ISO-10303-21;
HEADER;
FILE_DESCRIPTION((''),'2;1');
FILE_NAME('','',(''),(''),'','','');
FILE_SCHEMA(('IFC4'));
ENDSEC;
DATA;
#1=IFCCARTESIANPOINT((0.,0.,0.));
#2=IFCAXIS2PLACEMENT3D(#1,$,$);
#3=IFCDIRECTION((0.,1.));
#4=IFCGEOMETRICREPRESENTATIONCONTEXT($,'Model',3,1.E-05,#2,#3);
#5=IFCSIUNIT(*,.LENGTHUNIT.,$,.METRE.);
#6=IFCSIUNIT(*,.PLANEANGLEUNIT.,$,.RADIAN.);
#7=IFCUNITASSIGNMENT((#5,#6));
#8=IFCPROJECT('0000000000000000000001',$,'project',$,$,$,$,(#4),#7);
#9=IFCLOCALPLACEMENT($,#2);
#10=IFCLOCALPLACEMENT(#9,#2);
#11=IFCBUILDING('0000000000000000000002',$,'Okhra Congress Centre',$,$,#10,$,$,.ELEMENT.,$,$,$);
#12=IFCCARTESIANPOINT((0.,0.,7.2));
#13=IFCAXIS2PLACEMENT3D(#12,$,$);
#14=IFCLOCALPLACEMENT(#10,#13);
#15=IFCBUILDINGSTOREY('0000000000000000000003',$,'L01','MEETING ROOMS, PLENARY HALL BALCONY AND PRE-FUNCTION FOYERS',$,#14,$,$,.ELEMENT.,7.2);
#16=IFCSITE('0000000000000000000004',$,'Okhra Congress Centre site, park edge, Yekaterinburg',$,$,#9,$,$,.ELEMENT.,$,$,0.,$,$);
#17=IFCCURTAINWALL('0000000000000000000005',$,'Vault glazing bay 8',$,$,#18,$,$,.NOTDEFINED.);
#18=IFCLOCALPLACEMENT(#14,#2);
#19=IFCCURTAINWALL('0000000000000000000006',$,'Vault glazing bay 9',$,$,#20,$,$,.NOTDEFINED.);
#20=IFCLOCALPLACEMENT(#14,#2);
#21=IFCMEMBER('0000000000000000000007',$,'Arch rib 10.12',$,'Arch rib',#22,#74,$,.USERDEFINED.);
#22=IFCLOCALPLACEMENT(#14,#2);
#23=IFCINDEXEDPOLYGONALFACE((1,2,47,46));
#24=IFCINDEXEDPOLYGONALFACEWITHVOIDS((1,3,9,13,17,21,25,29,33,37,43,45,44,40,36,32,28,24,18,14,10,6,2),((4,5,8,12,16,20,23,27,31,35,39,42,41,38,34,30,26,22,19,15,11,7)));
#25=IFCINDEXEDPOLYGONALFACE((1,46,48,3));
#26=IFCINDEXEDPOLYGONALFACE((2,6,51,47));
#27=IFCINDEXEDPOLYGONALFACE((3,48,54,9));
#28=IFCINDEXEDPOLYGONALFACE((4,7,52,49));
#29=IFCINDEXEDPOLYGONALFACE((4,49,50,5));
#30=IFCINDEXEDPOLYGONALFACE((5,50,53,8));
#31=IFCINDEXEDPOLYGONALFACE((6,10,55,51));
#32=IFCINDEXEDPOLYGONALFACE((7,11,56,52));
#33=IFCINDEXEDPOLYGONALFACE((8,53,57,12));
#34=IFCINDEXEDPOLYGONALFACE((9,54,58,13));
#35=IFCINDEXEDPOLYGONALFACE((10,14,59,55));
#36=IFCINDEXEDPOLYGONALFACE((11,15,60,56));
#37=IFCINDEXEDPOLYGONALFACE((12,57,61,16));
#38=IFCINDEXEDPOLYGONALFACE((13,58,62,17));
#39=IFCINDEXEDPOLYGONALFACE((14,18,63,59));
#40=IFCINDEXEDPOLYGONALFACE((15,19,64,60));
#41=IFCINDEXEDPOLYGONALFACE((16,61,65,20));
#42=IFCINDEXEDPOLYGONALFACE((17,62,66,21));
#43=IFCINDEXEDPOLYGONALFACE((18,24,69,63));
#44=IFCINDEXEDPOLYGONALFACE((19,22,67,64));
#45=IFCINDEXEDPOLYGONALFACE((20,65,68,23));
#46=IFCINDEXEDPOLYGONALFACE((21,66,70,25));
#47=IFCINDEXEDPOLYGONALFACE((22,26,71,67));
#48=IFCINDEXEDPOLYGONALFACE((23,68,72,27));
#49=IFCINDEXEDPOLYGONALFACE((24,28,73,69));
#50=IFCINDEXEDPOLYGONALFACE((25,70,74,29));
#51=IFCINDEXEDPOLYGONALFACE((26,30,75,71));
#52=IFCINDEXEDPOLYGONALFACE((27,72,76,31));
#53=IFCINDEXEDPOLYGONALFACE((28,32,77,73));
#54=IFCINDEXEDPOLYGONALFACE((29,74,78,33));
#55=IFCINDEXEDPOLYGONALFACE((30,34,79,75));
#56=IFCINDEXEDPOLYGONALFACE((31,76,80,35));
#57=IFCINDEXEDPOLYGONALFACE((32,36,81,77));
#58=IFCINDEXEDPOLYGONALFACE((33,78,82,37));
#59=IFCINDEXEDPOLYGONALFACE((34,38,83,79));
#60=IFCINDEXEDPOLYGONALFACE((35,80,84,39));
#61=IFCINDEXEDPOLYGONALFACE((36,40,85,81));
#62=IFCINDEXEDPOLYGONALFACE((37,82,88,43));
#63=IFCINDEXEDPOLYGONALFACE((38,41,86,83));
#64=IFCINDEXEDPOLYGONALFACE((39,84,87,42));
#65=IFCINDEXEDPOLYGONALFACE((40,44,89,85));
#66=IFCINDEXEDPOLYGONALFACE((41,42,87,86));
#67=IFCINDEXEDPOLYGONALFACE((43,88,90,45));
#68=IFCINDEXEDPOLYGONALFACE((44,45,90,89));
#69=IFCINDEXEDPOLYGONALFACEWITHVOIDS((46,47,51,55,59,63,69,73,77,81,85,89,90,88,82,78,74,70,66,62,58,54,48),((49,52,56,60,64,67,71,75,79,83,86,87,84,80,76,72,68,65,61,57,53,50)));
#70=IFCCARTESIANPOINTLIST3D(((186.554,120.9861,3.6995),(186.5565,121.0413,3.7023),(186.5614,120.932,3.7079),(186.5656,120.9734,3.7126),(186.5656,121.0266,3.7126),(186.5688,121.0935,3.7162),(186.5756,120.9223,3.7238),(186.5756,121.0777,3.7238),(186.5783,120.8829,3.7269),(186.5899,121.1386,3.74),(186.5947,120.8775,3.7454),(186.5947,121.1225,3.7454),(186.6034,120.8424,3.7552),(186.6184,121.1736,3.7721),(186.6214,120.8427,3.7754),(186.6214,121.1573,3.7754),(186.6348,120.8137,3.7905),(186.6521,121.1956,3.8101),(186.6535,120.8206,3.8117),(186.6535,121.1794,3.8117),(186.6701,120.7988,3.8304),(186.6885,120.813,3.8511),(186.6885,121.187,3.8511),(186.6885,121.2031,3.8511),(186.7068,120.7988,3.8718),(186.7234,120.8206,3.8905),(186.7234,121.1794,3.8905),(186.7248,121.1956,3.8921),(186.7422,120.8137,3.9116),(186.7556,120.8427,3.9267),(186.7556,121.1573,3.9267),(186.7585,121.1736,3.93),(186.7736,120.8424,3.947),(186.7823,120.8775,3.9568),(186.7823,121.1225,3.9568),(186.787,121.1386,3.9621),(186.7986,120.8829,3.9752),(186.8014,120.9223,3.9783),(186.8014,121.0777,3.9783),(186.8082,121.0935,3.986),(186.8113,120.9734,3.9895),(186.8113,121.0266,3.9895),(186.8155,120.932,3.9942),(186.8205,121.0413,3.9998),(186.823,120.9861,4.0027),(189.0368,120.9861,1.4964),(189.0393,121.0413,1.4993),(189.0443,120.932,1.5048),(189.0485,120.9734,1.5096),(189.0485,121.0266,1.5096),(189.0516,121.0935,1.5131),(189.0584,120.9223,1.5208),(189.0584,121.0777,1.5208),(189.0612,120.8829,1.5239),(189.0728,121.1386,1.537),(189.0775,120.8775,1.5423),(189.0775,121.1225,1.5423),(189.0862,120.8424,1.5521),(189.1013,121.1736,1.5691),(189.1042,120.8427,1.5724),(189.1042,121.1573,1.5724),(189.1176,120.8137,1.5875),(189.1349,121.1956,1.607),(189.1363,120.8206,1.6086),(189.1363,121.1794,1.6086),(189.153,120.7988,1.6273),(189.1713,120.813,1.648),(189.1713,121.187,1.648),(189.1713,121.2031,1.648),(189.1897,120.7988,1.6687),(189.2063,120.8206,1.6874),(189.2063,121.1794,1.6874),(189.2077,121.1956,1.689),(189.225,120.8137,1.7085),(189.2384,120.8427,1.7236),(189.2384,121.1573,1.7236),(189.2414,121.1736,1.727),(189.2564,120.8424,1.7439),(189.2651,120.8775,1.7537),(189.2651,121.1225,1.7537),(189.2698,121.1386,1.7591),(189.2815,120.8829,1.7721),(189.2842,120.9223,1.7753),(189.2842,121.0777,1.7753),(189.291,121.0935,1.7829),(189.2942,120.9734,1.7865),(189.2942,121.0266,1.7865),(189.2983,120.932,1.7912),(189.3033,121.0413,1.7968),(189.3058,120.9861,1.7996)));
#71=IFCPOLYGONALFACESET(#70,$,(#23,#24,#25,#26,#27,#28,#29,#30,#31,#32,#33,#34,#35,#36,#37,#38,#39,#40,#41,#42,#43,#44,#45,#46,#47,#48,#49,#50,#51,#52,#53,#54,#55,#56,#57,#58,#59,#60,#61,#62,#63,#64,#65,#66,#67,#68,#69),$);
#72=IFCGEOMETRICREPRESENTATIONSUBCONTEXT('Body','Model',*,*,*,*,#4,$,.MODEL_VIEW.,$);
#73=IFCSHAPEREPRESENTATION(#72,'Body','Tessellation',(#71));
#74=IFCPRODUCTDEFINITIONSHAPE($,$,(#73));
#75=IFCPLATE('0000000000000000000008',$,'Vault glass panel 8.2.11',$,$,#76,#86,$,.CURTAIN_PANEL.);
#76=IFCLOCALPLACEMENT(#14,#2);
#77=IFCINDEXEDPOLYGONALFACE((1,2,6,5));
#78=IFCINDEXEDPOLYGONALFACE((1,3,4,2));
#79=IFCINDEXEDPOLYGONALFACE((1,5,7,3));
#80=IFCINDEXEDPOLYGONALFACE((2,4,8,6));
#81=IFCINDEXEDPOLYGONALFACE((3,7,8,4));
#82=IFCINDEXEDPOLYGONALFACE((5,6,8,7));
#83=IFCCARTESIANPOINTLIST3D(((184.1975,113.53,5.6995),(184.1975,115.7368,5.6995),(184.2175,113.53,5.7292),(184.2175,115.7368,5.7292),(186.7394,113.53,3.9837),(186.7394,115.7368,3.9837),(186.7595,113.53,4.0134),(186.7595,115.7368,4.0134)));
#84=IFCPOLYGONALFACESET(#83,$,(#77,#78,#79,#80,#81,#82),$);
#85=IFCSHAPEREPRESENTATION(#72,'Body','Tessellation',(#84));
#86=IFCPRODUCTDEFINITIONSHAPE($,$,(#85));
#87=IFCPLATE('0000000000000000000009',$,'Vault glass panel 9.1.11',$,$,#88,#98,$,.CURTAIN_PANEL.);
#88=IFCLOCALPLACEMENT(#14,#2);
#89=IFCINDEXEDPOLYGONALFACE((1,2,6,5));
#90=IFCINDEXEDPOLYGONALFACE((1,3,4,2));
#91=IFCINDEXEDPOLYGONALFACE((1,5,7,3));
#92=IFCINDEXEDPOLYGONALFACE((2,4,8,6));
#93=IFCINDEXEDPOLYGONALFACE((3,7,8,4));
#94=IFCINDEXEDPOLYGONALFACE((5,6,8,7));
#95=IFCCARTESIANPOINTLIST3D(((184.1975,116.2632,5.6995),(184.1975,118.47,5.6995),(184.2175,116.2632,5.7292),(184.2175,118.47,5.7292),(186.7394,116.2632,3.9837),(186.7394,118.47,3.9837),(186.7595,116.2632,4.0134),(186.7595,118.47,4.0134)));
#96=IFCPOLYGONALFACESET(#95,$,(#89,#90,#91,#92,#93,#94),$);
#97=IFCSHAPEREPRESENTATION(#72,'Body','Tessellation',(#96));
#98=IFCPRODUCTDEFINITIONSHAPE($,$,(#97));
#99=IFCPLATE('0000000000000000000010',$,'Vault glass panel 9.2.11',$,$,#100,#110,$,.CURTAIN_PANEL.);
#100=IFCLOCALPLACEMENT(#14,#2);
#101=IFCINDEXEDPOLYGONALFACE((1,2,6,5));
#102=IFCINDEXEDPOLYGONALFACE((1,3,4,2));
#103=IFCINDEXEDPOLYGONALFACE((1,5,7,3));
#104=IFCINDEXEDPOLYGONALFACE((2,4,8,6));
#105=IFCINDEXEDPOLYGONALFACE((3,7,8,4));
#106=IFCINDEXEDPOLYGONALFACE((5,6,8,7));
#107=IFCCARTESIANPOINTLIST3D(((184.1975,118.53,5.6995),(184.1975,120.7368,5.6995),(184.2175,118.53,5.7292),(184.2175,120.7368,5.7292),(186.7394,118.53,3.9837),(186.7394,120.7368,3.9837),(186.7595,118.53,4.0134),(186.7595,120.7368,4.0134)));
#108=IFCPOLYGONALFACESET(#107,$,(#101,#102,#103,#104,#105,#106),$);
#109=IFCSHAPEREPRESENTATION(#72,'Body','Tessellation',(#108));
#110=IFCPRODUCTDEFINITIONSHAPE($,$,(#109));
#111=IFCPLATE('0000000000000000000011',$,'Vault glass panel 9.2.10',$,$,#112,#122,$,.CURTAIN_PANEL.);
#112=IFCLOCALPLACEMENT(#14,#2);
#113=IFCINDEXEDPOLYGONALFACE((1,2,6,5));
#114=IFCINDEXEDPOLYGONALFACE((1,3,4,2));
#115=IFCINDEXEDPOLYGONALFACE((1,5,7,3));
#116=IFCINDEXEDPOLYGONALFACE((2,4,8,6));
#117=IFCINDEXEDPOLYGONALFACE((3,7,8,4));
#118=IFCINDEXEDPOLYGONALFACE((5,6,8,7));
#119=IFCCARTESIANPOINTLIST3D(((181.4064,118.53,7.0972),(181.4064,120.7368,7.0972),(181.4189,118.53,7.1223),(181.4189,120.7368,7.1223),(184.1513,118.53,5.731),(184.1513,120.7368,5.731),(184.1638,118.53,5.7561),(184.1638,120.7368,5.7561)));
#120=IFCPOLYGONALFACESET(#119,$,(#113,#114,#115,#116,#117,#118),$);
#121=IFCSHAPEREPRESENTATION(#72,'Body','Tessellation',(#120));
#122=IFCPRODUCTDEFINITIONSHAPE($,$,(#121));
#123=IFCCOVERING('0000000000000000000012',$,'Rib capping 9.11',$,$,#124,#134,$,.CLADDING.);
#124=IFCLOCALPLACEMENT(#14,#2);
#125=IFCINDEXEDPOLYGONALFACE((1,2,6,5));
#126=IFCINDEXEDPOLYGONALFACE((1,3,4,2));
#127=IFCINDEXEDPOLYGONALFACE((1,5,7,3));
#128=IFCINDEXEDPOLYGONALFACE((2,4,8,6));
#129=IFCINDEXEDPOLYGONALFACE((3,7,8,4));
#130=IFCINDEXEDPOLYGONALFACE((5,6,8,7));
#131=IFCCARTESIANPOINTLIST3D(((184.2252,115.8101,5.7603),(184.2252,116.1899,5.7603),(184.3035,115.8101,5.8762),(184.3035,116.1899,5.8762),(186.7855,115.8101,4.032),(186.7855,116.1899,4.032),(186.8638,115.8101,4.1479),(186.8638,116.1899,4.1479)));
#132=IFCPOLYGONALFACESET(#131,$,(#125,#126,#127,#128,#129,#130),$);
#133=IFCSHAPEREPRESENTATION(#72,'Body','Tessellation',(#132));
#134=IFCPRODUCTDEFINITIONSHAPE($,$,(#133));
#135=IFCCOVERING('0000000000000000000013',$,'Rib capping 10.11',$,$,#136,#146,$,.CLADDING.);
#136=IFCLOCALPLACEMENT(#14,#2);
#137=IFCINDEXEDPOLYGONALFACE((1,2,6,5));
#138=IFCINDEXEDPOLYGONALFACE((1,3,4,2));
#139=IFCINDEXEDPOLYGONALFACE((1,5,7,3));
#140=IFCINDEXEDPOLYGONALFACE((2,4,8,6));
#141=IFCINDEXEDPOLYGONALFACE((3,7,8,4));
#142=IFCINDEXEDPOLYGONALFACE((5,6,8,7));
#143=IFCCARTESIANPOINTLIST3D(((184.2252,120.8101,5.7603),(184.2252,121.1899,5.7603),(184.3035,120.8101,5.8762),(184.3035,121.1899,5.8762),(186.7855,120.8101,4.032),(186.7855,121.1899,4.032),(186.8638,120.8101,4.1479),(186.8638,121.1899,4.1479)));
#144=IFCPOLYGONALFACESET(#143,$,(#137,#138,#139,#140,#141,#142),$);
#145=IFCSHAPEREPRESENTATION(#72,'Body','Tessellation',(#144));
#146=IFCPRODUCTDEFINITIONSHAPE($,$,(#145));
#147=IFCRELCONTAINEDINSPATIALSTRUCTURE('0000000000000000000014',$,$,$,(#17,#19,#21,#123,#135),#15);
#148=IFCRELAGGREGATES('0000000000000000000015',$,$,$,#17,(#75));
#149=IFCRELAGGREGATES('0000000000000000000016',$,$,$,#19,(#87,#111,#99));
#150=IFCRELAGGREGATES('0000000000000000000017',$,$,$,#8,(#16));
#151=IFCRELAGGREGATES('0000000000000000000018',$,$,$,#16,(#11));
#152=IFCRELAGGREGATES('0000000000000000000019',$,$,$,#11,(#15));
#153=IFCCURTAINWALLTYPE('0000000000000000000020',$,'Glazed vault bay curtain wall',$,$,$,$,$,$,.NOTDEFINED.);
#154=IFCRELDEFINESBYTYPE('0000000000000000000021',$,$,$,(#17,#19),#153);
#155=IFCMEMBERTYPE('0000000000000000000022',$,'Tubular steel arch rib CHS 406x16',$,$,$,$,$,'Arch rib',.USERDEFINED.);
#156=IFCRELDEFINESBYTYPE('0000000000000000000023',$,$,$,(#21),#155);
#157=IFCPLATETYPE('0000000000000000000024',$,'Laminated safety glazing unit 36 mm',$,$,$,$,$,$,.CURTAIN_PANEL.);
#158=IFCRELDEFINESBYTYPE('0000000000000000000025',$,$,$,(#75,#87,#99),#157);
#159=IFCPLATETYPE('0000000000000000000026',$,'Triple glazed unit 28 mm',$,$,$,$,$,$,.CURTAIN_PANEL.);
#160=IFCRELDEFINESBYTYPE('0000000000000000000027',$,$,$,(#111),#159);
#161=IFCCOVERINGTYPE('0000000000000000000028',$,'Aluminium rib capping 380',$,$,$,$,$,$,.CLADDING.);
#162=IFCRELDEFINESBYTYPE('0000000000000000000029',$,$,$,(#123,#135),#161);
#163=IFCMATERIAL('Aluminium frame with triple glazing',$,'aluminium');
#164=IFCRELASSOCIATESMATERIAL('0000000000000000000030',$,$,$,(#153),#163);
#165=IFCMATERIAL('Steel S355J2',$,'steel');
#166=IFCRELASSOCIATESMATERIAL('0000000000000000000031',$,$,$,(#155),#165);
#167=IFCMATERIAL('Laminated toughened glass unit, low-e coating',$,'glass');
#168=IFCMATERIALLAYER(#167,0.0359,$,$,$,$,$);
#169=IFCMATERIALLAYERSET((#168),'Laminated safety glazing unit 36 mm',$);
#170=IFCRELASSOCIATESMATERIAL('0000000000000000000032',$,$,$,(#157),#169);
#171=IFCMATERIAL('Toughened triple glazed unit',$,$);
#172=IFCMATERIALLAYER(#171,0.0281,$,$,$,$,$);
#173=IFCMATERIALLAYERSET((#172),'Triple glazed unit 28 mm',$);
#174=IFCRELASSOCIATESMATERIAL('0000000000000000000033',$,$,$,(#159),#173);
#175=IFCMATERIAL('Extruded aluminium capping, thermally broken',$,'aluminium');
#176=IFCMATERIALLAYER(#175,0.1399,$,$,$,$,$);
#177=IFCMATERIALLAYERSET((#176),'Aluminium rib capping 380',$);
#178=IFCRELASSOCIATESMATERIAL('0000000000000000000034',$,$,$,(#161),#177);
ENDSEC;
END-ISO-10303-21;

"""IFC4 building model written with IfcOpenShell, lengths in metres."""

from ifc_helpers import new_model, si_unit, direction, frame, origin, origin_2d, place, context, subcontext, project, spatial, polyline, hollow_circle, outline, extrude, material, layer, layer_set, material_profile, profile_set, type_object, element, aggregate, save


model = new_model("IFC4")

# Units and contexts
model_context = context("Model", 3, precision=1e-05, world=origin(), true_north=direction((0.0, 1.0)))
body_context = subcontext(model_context, "Body", "Model", "MODEL_VIEW")
ifc_project = project(units=[si_unit("LENGTHUNIT", "METRE"), si_unit("PLANEANGLEUNIT", "RADIAN")], contexts=[model_context])

# Site, building, storey
site_placement = place(None, origin())
site = spatial("IfcSite", under=ifc_project, at=site_placement, Name="Okhra Congress Centre site, park edge, Yekaterinburg", CompositionType="ELEMENT", RefElevation=0.0)
building_placement = place(site_placement, origin())
building = spatial("IfcBuilding", under=site, at=building_placement, Name="Okhra Congress Centre", CompositionType="ELEMENT")
storey_placement = place(building_placement, frame((0.0, 0.0, 7.2)))
storey = spatial("IfcBuildingStorey", under=building, at=storey_placement, Name="L01", Description="MEETING ROOMS, PLENARY HALL BALCONY AND PRE-FUNCTION FOYERS", CompositionType="ELEMENT", Elevation=7.2)

# Curtain walls
ifc_material_1 = material(Name="Aluminium frame with triple glazing", Category="aluminium")
curtain_wall_type = type_object("IfcCurtainWallType", Name="Glazed vault bay curtain wall", PredefinedType="NOTDEFINED", material=ifc_material_1)
curtain_wall_1_placement = place(storey_placement, origin())
curtain_wall_1 = element("IfcCurtainWall", 1, at=curtain_wall_1_placement, inside=storey, type_object=curtain_wall_type, Name="Vault glazing bay 8", PredefinedType="NOTDEFINED")
curtain_wall_2_placement = place(storey_placement, origin())
curtain_wall_2 = element("IfcCurtainWall", 2, at=curtain_wall_2_placement, inside=storey, type_object=curtain_wall_type, Name="Vault glazing bay 9", PredefinedType="NOTDEFINED")

# Member
ifc_material_2 = material(Name="Steel S355J2", Category="steel")
ifc_material_profile_1 = material_profile(ifc_material_2, hollow_circle(Radius=0.2031, WallThickness=0.0161, at=origin_2d()), Name="CHS 406.4x16")
ifc_profile_set_1 = profile_set([ifc_material_profile_1], Name="Steel S355J2")
member_type_1 = type_object("IfcMemberType", Name="Tubular steel arch rib CHS 406x16", ElementType="Arch rib", PredefinedType="USERDEFINED", material=ifc_profile_set_1)
member_1_placement = place(storey_placement, frame((186.6885, 121.0, 3.8511), z_axis=(0.747993, 0.0, -0.663706), x_axis=(0.0, 1.0, 0.0)))
element("IfcMember", 3, at=member_1_placement, inside=storey, type_object=member_type_1, Name="Arch rib 10.12", ObjectType="Arch rib", PredefinedType="USERDEFINED", context=body_context, shape_type="SweptSolid", body=[
    extrude(hollow_circle(Radius=0.2031, WallThickness=0.0161, at=origin_2d()), origin(), (0.0, 0.0, 1.0), 3.3193),
])

# Plates
ifc_material_3 = material(Name="Laminated toughened glass unit, low-e coating", Category="glass")
ifc_layer_1 = layer(ifc_material_3, 0.0359)
ifc_layer_set_1 = layer_set([ifc_layer_1], Name="Laminated safety glazing unit 36 mm")
plate_type_1 = type_object("IfcPlateType", Name="Laminated safety glazing unit 36 mm", PredefinedType="CURTAIN_PANEL", material=ifc_layer_set_1)
plate_1_placement = place(storey_placement, frame((184.2175, 113.53, 5.7292), z_axis=(0.559467, 0.0, 0.828852), x_axis=(0.828852, 0.0, -0.559467)))
plate_1 = element("IfcPlate", 4, at=plate_1_placement, type_object=plate_type_1, Name="Vault glass panel 8.2.11", PredefinedType="CURTAIN_PANEL", context=body_context, shape_type="SweptSolid", body=[
    extrude(outline(polyline([(0.0, 0.0), (3.0669, 0.0), (3.0669, 2.2068), (0.0, 2.2068), (0.0, 0.0)])), origin(), (0.0, 0.0, -1.0), 0.0359),
])
aggregate(curtain_wall_1, [plate_1])
plate_2_placement = place(storey_placement, frame((184.2175, 116.2632, 5.7292), z_axis=(0.559467, 0.0, 0.828852), x_axis=(0.828852, 0.0, -0.559467)))
plate_2 = element("IfcPlate", 5, at=plate_2_placement, type_object=plate_type_1, Name="Vault glass panel 9.1.11", PredefinedType="CURTAIN_PANEL", context=body_context, shape_type="SweptSolid", body=[
    extrude(outline(polyline([(0.0, 0.0), (3.0669, 0.0), (3.0669, 2.2068), (0.0, 2.2068), (0.0, 0.0)])), origin(), (0.0, 0.0, -1.0), 0.0359),
])
plate_3_placement = place(storey_placement, frame((184.2175, 118.53, 5.7292), z_axis=(0.559467, 0.0, 0.828852), x_axis=(0.828852, 0.0, -0.559467)))
plate_3 = element("IfcPlate", 6, at=plate_3_placement, type_object=plate_type_1, Name="Vault glass panel 9.2.11", PredefinedType="CURTAIN_PANEL", context=body_context, shape_type="SweptSolid", body=[
    extrude(outline(polyline([(0.0, 0.0), (3.0669, 0.0), (3.0669, 2.2068), (0.0, 2.2068), (0.0, 0.0)])), origin(), (0.0, 0.0, -1.0), 0.0359),
])
ifc_material_4 = material(Name="Toughened triple glazed unit")
ifc_layer_2 = layer(ifc_material_4, 0.0281)
ifc_layer_set_2 = layer_set([ifc_layer_2], Name="Triple glazed unit 28 mm")
plate_type_2 = type_object("IfcPlateType", Name="Triple glazed unit 28 mm", PredefinedType="CURTAIN_PANEL", material=ifc_layer_set_2)
plate_4_placement = place(storey_placement, frame((181.4189, 118.53, 7.1223), z_axis=(0.445588, 0.0, 0.895238), x_axis=(0.895238, 0.0, -0.445588)))
plate_4 = element("IfcPlate", 7, at=plate_4_placement, type_object=plate_type_2, Name="Vault glass panel 9.2.10", PredefinedType="CURTAIN_PANEL", context=body_context, shape_type="SweptSolid", body=[
    extrude(outline(polyline([(0.0, 0.0), (3.0661, 0.0), (3.0661, 2.2068), (0.0, 2.2068), (0.0, 0.0)])), origin(), (0.0, 0.0, -1.0), 0.0281),
])
aggregate(curtain_wall_2, [plate_2, plate_4, plate_3])

# Coverings
ifc_material_5 = material(Name="Extruded aluminium capping, thermally broken", Category="aluminium")
ifc_layer_3 = layer(ifc_material_5, 0.1399)
ifc_layer_set_3 = layer_set([ifc_layer_3], Name="Aluminium rib capping 380")
covering_type = type_object("IfcCoveringType", Name="Aluminium rib capping 380", PredefinedType="CLADDING", material=ifc_layer_set_3)
for number, where, z_axis, x_axis, name in (
    (8, (184.3035, 115.8101, 5.8762), (0.559488, 0.0, 0.828839), (0.828839, 0.0, -0.559488), "Rib capping 9.11"),
    (9, (184.3035, 120.8101, 5.8762), (0.559488, 0.0, 0.828839), (0.828839, 0.0, -0.559488), "Rib capping 10.11"),
):
    element("IfcCovering", number, at=place(storey_placement, frame(where, z_axis=z_axis, x_axis=x_axis)), inside=storey, type_object=covering_type, Name=name, PredefinedType="CLADDING", context=body_context, shape_type="SweptSolid", body=[
        extrude(outline(polyline([(0.0, 0.0), (3.089, 0.0), (3.089, 0.3799), (0.0, 0.3799), (0.0, 0.0)])), origin(), (0.0, 0.0, -1.0), 0.1399),
    ])

save(model, "model.ifc")
